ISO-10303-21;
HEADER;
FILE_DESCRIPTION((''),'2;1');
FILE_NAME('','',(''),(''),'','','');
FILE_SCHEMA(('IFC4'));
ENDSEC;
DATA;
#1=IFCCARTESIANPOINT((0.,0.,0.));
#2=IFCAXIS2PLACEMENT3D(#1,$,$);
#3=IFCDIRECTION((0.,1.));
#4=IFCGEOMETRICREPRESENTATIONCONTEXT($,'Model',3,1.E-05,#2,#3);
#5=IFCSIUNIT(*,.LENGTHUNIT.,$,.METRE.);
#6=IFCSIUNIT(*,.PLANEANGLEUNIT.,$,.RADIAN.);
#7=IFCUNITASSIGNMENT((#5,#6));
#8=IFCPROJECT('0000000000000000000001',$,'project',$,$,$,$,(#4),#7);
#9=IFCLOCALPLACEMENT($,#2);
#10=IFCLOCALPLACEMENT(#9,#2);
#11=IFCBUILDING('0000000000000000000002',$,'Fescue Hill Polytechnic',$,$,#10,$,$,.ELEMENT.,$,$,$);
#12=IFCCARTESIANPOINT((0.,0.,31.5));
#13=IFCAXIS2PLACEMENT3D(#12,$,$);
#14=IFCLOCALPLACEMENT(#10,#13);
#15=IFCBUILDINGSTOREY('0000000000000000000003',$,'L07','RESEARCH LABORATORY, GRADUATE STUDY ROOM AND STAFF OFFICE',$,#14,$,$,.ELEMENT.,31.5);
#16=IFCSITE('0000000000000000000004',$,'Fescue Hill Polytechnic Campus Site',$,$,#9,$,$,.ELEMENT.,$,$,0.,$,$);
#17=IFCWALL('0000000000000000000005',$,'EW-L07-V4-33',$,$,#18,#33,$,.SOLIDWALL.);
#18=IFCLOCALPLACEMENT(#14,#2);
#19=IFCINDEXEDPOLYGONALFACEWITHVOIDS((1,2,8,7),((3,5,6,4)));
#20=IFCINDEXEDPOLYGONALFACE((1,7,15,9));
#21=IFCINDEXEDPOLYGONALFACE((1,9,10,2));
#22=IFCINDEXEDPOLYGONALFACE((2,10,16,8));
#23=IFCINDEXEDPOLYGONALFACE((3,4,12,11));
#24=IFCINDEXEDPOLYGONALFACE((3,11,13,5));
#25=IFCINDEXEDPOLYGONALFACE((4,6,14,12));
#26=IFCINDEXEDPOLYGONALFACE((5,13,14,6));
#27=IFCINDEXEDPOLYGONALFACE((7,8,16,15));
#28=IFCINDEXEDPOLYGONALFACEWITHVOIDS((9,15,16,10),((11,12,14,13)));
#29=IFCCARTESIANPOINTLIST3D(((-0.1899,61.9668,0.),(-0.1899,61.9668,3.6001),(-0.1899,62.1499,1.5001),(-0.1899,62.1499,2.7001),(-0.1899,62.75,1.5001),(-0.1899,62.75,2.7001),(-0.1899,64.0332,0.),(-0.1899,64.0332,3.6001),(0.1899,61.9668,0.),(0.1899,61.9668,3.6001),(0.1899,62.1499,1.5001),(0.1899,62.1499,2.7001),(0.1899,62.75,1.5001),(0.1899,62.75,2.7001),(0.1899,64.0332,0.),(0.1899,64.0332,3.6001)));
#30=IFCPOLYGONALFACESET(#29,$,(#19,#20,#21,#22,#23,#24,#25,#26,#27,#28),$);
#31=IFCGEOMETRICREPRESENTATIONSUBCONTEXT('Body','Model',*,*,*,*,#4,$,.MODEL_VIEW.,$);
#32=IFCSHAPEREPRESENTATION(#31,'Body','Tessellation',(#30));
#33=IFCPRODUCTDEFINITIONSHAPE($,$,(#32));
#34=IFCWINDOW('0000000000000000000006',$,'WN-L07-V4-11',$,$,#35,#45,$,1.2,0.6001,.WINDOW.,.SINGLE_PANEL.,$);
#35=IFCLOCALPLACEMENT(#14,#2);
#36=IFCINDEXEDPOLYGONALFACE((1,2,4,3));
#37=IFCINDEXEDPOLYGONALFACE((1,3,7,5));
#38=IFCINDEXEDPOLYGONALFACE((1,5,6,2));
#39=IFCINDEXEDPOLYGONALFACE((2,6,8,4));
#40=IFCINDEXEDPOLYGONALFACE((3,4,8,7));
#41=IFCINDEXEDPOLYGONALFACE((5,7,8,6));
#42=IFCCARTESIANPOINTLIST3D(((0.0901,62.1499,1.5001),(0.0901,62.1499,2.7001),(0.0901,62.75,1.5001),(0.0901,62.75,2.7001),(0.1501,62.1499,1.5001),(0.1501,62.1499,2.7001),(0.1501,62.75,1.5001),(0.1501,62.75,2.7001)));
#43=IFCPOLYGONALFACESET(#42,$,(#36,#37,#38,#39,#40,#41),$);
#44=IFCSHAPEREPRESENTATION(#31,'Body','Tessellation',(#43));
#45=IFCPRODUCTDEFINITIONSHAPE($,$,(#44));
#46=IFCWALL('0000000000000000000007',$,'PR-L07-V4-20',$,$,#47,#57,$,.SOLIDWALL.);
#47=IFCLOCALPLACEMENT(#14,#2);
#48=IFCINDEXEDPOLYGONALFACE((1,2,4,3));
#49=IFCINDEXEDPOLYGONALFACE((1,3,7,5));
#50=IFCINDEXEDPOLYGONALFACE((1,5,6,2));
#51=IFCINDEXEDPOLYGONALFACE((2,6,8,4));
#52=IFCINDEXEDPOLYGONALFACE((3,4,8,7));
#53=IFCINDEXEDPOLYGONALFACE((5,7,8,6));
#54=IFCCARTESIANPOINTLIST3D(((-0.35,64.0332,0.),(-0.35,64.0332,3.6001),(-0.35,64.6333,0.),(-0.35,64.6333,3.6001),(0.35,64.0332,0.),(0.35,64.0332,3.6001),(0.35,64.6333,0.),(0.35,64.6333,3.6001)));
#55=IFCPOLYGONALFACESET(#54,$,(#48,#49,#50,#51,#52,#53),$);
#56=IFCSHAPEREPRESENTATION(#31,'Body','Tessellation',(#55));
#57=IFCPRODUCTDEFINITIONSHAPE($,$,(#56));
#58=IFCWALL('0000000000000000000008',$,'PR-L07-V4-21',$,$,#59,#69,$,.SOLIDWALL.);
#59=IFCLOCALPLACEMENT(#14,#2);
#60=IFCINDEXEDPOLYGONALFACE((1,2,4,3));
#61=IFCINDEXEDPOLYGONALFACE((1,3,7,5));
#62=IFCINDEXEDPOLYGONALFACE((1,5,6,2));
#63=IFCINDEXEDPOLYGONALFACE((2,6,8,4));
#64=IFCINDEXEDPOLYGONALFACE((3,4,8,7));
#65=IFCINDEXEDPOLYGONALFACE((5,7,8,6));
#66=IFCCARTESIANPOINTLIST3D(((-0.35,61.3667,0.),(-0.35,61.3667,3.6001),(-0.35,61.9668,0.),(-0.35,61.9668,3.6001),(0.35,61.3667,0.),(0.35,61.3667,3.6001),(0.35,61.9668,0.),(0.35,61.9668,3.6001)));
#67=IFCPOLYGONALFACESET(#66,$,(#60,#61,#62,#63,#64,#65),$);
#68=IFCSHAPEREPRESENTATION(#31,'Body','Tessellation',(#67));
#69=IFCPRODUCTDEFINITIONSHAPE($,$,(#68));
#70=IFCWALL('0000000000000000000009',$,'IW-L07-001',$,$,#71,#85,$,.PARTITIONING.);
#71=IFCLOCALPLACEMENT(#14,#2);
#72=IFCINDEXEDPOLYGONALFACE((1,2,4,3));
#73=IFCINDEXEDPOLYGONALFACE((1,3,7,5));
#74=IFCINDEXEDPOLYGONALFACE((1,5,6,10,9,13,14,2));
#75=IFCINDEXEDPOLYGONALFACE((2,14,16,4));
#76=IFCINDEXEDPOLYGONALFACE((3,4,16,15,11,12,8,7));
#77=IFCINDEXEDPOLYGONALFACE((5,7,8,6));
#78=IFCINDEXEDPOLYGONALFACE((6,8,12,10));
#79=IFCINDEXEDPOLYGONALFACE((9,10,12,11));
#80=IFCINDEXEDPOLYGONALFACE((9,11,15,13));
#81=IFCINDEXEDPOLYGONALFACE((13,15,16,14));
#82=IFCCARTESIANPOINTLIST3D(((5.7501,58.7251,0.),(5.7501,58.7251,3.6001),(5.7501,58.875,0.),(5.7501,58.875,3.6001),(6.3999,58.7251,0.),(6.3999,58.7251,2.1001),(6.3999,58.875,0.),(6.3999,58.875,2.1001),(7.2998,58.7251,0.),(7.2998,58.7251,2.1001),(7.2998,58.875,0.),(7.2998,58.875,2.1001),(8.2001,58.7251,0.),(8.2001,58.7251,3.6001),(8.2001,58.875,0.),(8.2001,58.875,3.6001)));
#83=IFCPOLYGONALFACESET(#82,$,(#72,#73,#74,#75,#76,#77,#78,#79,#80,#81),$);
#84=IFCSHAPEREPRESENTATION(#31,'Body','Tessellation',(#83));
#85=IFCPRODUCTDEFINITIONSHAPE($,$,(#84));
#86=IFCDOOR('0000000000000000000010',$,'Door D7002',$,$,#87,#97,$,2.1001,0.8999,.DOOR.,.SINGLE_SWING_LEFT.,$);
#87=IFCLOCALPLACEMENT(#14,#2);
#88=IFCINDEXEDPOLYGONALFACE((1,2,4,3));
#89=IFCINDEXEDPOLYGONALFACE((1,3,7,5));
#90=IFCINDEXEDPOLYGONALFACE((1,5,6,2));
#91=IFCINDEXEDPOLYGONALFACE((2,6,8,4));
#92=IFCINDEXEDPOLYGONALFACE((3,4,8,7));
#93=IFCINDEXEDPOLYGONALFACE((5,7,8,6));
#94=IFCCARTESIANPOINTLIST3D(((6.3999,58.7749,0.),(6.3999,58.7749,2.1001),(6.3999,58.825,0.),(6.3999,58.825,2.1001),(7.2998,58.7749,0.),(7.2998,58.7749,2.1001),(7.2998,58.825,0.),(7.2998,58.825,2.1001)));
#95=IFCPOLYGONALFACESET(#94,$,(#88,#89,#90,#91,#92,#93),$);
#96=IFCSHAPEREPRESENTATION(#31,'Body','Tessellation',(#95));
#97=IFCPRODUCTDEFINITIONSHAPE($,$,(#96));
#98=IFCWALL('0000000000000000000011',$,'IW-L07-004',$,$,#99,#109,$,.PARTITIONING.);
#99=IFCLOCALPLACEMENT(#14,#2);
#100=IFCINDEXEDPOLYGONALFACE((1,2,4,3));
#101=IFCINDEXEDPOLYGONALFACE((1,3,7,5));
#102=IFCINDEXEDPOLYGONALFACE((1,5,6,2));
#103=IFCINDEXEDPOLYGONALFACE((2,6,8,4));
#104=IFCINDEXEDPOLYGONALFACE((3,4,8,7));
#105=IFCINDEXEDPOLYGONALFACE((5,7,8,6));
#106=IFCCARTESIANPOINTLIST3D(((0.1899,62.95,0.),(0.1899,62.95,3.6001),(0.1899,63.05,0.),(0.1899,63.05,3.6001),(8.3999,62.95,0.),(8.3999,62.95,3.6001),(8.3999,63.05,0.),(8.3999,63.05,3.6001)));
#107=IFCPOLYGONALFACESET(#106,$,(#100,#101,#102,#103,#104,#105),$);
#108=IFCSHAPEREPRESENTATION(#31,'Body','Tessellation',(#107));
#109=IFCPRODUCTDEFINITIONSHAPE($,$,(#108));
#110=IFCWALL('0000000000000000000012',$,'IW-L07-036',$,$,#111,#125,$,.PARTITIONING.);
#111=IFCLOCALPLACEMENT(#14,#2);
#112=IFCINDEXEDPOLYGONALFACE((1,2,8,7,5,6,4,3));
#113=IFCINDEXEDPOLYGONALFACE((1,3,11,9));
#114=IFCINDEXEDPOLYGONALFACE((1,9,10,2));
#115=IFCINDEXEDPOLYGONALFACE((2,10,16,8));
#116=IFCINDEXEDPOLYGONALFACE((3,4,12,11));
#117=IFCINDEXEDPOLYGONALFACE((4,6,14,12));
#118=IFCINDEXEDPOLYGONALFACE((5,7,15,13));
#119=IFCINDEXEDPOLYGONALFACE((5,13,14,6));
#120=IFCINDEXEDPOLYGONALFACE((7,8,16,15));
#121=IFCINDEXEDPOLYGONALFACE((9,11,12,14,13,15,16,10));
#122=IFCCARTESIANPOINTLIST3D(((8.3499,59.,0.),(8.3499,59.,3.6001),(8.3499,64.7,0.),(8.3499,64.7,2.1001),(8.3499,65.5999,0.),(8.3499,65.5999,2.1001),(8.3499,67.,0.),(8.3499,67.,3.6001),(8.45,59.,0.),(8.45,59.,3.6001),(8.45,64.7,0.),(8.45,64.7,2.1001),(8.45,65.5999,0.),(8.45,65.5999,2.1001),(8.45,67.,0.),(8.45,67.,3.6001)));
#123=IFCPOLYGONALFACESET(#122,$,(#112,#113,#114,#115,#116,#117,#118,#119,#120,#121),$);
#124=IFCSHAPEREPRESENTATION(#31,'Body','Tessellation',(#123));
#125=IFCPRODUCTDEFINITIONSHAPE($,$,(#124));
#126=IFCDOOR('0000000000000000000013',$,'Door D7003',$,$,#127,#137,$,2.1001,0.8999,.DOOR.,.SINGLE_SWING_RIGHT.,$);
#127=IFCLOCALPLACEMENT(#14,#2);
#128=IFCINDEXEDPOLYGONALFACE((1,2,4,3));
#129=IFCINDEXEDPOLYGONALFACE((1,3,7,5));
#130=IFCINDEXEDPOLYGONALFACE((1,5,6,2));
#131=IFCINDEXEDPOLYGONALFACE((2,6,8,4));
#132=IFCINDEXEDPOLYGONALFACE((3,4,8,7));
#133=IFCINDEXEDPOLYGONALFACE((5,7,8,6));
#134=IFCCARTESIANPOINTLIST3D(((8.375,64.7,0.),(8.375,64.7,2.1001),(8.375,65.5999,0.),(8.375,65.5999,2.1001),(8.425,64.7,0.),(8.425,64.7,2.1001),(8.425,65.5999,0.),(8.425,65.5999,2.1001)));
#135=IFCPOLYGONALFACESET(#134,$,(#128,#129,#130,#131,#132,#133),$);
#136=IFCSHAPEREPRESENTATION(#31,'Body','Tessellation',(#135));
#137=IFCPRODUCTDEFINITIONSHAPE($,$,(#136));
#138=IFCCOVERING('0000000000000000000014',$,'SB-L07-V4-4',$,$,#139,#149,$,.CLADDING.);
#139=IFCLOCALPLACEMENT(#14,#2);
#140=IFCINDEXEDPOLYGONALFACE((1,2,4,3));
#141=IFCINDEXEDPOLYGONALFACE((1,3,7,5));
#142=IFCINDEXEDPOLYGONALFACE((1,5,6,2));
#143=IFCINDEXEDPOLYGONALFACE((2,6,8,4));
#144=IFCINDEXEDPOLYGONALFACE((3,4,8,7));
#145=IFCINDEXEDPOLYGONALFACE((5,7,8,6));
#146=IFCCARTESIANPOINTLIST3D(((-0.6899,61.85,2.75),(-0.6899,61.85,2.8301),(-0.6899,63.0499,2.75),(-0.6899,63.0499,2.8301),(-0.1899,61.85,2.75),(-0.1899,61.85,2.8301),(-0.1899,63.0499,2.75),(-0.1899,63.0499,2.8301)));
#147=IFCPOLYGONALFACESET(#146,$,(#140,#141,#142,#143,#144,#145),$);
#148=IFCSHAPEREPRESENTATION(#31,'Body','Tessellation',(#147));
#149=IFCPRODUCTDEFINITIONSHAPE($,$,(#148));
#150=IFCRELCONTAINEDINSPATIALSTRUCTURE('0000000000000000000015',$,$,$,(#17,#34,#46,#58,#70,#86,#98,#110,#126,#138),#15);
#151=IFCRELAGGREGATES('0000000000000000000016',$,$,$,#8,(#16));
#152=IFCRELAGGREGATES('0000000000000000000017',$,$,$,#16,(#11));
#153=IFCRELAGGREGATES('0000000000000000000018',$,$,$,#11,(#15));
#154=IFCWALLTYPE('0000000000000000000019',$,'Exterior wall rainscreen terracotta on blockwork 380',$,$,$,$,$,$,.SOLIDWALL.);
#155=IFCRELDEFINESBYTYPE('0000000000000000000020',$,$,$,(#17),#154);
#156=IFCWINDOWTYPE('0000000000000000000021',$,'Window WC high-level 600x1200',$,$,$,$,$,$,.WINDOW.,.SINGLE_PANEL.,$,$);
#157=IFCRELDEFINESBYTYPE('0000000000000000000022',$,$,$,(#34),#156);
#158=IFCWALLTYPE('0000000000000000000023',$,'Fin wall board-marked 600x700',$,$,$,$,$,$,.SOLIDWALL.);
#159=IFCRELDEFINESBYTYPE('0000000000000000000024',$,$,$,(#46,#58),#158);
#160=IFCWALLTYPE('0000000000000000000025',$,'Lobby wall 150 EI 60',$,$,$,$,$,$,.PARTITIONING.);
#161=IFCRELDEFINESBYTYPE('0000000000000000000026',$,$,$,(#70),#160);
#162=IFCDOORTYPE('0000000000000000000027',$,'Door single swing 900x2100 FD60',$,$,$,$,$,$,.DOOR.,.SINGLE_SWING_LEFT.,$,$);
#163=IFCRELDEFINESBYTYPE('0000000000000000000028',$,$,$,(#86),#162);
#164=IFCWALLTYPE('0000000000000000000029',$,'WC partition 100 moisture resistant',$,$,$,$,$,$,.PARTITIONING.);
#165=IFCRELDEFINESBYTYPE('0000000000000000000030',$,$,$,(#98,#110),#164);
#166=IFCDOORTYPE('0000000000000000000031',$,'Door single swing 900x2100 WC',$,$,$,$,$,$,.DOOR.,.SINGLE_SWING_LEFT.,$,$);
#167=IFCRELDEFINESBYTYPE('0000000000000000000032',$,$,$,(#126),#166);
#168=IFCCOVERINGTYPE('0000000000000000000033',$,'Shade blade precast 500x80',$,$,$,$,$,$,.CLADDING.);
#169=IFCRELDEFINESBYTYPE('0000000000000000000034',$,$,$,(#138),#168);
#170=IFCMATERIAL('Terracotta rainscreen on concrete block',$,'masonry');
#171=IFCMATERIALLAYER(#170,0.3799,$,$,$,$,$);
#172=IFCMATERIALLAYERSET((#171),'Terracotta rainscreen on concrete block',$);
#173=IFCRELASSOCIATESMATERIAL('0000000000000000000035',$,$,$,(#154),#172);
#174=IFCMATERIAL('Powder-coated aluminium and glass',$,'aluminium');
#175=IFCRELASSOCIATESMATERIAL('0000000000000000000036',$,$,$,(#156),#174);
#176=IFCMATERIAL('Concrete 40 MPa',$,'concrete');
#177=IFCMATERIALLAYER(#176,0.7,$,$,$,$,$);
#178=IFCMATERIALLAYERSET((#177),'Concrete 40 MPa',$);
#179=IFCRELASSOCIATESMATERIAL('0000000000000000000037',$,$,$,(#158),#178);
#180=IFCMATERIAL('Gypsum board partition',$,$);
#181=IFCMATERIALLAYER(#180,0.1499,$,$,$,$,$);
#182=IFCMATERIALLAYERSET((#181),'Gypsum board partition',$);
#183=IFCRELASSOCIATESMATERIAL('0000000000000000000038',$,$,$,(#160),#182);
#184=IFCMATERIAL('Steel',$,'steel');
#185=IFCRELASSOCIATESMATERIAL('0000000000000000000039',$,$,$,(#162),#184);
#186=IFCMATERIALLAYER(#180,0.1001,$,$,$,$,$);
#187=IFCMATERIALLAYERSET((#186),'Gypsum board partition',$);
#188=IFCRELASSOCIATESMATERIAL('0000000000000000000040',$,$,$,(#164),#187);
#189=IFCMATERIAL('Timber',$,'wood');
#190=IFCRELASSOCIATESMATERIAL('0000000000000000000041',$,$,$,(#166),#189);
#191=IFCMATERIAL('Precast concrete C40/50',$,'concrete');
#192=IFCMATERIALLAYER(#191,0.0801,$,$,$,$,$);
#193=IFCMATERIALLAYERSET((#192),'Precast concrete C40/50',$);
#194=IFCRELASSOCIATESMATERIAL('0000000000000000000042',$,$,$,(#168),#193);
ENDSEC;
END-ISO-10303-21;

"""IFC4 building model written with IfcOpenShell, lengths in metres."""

from ifc_helpers import new_model, si_unit, direction, frame, frame_2d, origin, origin_2d, place, context, subcontext, project, spatial, rectangle, extrude, material, layer, layer_set, type_object, element, fill, save


model = new_model("IFC4")

# Units and contexts
model_context = context("Model", 3, precision=1e-05, world=origin(), true_north=direction((0.0, 1.0)))
body_context = subcontext(model_context, "Body", "Model", "MODEL_VIEW")
ifc_project = project(units=[si_unit("LENGTHUNIT", "METRE"), si_unit("PLANEANGLEUNIT", "RADIAN")], contexts=[model_context])

# Site, building, storey
site_placement = place(None, origin())
site = spatial("IfcSite", under=ifc_project, at=site_placement, Name="Fescue Hill Polytechnic Campus Site", CompositionType="ELEMENT", RefElevation=0.0)
building_placement = place(site_placement, origin())
building = spatial("IfcBuilding", under=site, at=building_placement, Name="Fescue Hill Polytechnic", CompositionType="ELEMENT")
storey_placement = place(building_placement, frame((0.0, 0.0, 31.5)))
storey = spatial("IfcBuildingStorey", under=building, at=storey_placement, Name="L07", Description="RESEARCH LABORATORY, GRADUATE STUDY ROOM AND STAFF OFFICE", CompositionType="ELEMENT", Elevation=31.5)

# Wall, opening, window
ifc_material_1 = material(Name="Terracotta rainscreen on concrete block", Category="masonry")
ifc_layer_1 = layer(ifc_material_1, 0.3799)
ifc_layer_set_1 = layer_set([ifc_layer_1], Name="Terracotta rainscreen on concrete block")
wall_type_1 = type_object("IfcWallType", Name="Exterior wall rainscreen terracotta on blockwork 380", PredefinedType="SOLIDWALL", material=ifc_layer_set_1)
wall_1_placement = place(storey_placement, frame((0.0, 64.0332, 0.0), z_axis=(0.0, 0.0, 1.0), x_axis=(0.0, -1.0, 0.0)))
wall_1 = element("IfcWall", 1, at=wall_1_placement, inside=storey, type_object=wall_type_1, Name="EW-L07-V4-33", PredefinedType="SOLIDWALL", context=body_context, shape_type="SweptSolid", body=[
    extrude(rectangle(XDim=2.0664, YDim=0.3799, at=frame_2d((1.0332, 0.0))), origin(), (0.0, 0.0, 1.0), 3.6001),
])
opening_1_placement = place(wall_1_placement, frame((1.2832, 0.0, 1.5)))
opening_1 = element("IfcOpeningElement", 2, at=opening_1_placement, cuts=wall_1, PredefinedType="OPENING", context=body_context, shape_type="SweptSolid", body=[
    extrude(rectangle(XDim=0.6001, YDim=1.2, at=frame_2d((0.3, 0.6001))), frame((0.0, 0.2, 0.0), z_axis=(0.0, -1.0, 0.0), x_axis=(1.0, 0.0, 0.0)), (0.0, 0.0, 1.0), 0.3999),
])
ifc_material_2 = material(Name="Powder-coated aluminium and glass", Category="aluminium")
window_type = type_object("IfcWindowType", Name="Window WC high-level 600x1200", PartitioningType="SINGLE_PANEL", PredefinedType="WINDOW", material=ifc_material_2)
window_placement = place(opening_1_placement, origin())
window = element("IfcWindow", 3, at=window_placement, inside=storey, type_object=window_type, Name="WN-L07-V4-11", OverallHeight=1.2, OverallWidth=0.6001, PartitioningType="SINGLE_PANEL", PredefinedType="WINDOW", context=body_context, shape_type="SweptSolid", body=[
    extrude(rectangle(XDim=0.6001, YDim=1.2, at=frame_2d((0.3, 0.6001))), frame((0.0, 0.1501, 0.0), z_axis=(0.0, -1.0, 0.0), x_axis=(1.0, 0.0, 0.0)), (0.0, 0.0, 1.0), 0.0601),
])
fill(opening_1, window)

# Walls
ifc_material_3 = material(Name="Concrete 40 MPa", Category="concrete")
ifc_layer_2 = layer(ifc_material_3, 0.7)
ifc_layer_set_2 = layer_set([ifc_layer_2], Name="Concrete 40 MPa")
wall_type_2 = type_object("IfcWallType", Name="Fin wall board-marked 600x700", PredefinedType="SOLIDWALL", material=ifc_layer_set_2)
for number, where, z_axis, x_axis, name in (
    (4, (0.0, 64.6333, 0.0), (0.0, 0.0, 1.0), (0.0, -1.0, 0.0), "PR-L07-V4-20"),
    (5, (0.0, 61.9668, 0.0), (0.0, 0.0, 1.0), (0.0, -1.0, 0.0), "PR-L07-V4-21"),
):
    element("IfcWall", number, at=place(storey_placement, frame(where, z_axis=z_axis, x_axis=x_axis)), inside=storey, type_object=wall_type_2, Name=name, PredefinedType="SOLIDWALL", context=body_context, shape_type="SweptSolid", body=[
        extrude(rectangle(XDim=0.6001, YDim=0.7, at=frame_2d((0.3, 0.0))), origin(), (0.0, 0.0, 1.0), 3.6001),
    ])

# Wall, opening, door
ifc_material_4 = material(Name="Gypsum board partition")
ifc_layer_3 = layer(ifc_material_4, 0.1499)
ifc_layer_set_3 = layer_set([ifc_layer_3], Name="Gypsum board partition")
wall_type_3 = type_object("IfcWallType", Name="Lobby wall 150 EI 60", PredefinedType="PARTITIONING", material=ifc_layer_set_3)
wall_2_placement = place(storey_placement, frame((5.75, 58.8, 0.0), z_axis=(0.0, 0.0, 1.0), x_axis=(1.0, 0.0, 0.0)))
wall_2 = element("IfcWall", 6, at=wall_2_placement, inside=storey, type_object=wall_type_3, Name="IW-L07-001", PredefinedType="PARTITIONING", context=body_context, shape_type="SweptSolid", body=[
    extrude(rectangle(XDim=2.45, YDim=0.1499, at=frame_2d((1.2251, 0.0))), origin(), (0.0, 0.0, 1.0), 3.6001),
])
opening_2_placement = place(wall_2_placement, frame((0.6499, 0.0, 0.0)))
opening_2 = element("IfcOpeningElement", 7, at=opening_2_placement, cuts=wall_2, PredefinedType="OPENING", context=body_context, shape_type="SweptSolid", body=[
    extrude(rectangle(XDim=0.8999, YDim=2.1001, at=frame_2d((0.45, 1.05))), frame((0.0, 0.085, 0.0), z_axis=(0.0, -1.0, 0.0), x_axis=(1.0, 0.0, 0.0)), (0.0, 0.0, 1.0), 0.1699),
])
ifc_material_5 = material(Name="Steel", Category="steel")
door_type_1 = type_object("IfcDoorType", Name="Door single swing 900x2100 FD60", OperationType="SINGLE_SWING_LEFT", PredefinedType="DOOR", material=ifc_material_5)
door_1_placement = place(opening_2_placement, origin())
door_1 = element("IfcDoor", 8, at=door_1_placement, inside=storey, type_object=door_type_1, Name="Door D7002", OperationType="SINGLE_SWING_LEFT", OverallHeight=2.1001, OverallWidth=0.8999, PredefinedType="DOOR", context=body_context, shape_type="SweptSolid", body=[
    extrude(rectangle(XDim=0.8999, YDim=2.1001, at=frame_2d((0.45, 1.05))), frame((0.0, 0.0249, 0.0), z_axis=(0.0, -1.0, 0.0), x_axis=(1.0, 0.0, 0.0)), (0.0, 0.0, 1.0), 0.05),
])
fill(opening_2, door_1)

# Wall
ifc_layer_4 = layer(ifc_material_4, 0.1001)
ifc_layer_set_4 = layer_set([ifc_layer_4], Name="Gypsum board partition")
wall_type_4 = type_object("IfcWallType", Name="WC partition 100 moisture resistant", PredefinedType="PARTITIONING", material=ifc_layer_set_4)
wall_3_placement = place(storey_placement, frame((0.1899, 63.0, 0.0), z_axis=(0.0, 0.0, 1.0), x_axis=(1.0, 0.0, 0.0)))
element("IfcWall", 9, at=wall_3_placement, inside=storey, type_object=wall_type_4, Name="IW-L07-004", PredefinedType="PARTITIONING", context=body_context, shape_type="SweptSolid", body=[
    extrude(rectangle(XDim=8.21, YDim=0.1001, at=frame_2d((4.105, 0.0))), origin(), (0.0, 0.0, 1.0), 3.6001),
])

# Wall, opening, door
wall_4_placement = place(storey_placement, frame((8.3999, 59.0, 0.0), z_axis=(0.0, 0.0, 1.0), x_axis=(0.0, 1.0, 0.0)))
wall_4 = element("IfcWall", 10, at=wall_4_placement, inside=storey, type_object=wall_type_4, Name="IW-L07-036", PredefinedType="PARTITIONING", context=body_context, shape_type="SweptSolid", body=[
    extrude(rectangle(XDim=8.0, YDim=0.1001, at=frame_2d((4.0, 0.0))), origin(), (0.0, 0.0, 1.0), 3.6001),
])
opening_3_placement = place(wall_4_placement, frame((5.7, 0.0, 0.0)))
opening_3 = element("IfcOpeningElement", 11, at=opening_3_placement, cuts=wall_4, PredefinedType="OPENING", context=body_context, shape_type="SweptSolid", body=[
    extrude(rectangle(XDim=0.8999, YDim=2.1001, at=frame_2d((0.45, 1.05))), frame((0.0, 0.0601, 0.0), z_axis=(0.0, -1.0, 0.0), x_axis=(1.0, 0.0, 0.0)), (0.0, 0.0, 1.0), 0.1201),
])
ifc_material_6 = material(Name="Timber", Category="wood")
door_type_2 = type_object("IfcDoorType", Name="Door single swing 900x2100 WC", OperationType="SINGLE_SWING_LEFT", PredefinedType="DOOR", material=ifc_material_6)
door_2_placement = place(opening_3_placement, origin())
door_2 = element("IfcDoor", 12, at=door_2_placement, inside=storey, type_object=door_type_2, Name="Door D7003", OperationType="SINGLE_SWING_RIGHT", OverallHeight=2.1001, OverallWidth=0.8999, PredefinedType="DOOR", context=body_context, shape_type="SweptSolid", body=[
    extrude(rectangle(XDim=0.8999, YDim=2.1001, at=frame_2d((0.45, 1.05))), frame((0.0, 0.0249, 0.0), z_axis=(0.0, -1.0, 0.0), x_axis=(1.0, 0.0, 0.0)), (0.0, 0.0, 1.0), 0.05),
])
fill(opening_3, door_2)

# Covering
ifc_material_7 = material(Name="Precast concrete C40/50", Category="concrete")
ifc_layer_5 = layer(ifc_material_7, 0.0801)
ifc_layer_set_5 = layer_set([ifc_layer_5], Name="Precast concrete C40/50")
covering_type = type_object("IfcCoveringType", Name="Shade blade precast 500x80", PredefinedType="CLADDING", material=ifc_layer_set_5)
covering_placement = place(storey_placement, frame((-0.4399, 62.45, 2.75), z_axis=(0.0, 0.0, 1.0), x_axis=(0.0, -1.0, 0.0)))
element("IfcCovering", 13, at=covering_placement, inside=storey, type_object=covering_type, Name="SB-L07-V4-4", PredefinedType="CLADDING", context=body_context, shape_type="SweptSolid", body=[
    extrude(rectangle(XDim=1.2, YDim=0.5, at=origin_2d()), origin(), (0.0, 0.0, 1.0), 0.0801),
])

save(model, "model.ifc")
